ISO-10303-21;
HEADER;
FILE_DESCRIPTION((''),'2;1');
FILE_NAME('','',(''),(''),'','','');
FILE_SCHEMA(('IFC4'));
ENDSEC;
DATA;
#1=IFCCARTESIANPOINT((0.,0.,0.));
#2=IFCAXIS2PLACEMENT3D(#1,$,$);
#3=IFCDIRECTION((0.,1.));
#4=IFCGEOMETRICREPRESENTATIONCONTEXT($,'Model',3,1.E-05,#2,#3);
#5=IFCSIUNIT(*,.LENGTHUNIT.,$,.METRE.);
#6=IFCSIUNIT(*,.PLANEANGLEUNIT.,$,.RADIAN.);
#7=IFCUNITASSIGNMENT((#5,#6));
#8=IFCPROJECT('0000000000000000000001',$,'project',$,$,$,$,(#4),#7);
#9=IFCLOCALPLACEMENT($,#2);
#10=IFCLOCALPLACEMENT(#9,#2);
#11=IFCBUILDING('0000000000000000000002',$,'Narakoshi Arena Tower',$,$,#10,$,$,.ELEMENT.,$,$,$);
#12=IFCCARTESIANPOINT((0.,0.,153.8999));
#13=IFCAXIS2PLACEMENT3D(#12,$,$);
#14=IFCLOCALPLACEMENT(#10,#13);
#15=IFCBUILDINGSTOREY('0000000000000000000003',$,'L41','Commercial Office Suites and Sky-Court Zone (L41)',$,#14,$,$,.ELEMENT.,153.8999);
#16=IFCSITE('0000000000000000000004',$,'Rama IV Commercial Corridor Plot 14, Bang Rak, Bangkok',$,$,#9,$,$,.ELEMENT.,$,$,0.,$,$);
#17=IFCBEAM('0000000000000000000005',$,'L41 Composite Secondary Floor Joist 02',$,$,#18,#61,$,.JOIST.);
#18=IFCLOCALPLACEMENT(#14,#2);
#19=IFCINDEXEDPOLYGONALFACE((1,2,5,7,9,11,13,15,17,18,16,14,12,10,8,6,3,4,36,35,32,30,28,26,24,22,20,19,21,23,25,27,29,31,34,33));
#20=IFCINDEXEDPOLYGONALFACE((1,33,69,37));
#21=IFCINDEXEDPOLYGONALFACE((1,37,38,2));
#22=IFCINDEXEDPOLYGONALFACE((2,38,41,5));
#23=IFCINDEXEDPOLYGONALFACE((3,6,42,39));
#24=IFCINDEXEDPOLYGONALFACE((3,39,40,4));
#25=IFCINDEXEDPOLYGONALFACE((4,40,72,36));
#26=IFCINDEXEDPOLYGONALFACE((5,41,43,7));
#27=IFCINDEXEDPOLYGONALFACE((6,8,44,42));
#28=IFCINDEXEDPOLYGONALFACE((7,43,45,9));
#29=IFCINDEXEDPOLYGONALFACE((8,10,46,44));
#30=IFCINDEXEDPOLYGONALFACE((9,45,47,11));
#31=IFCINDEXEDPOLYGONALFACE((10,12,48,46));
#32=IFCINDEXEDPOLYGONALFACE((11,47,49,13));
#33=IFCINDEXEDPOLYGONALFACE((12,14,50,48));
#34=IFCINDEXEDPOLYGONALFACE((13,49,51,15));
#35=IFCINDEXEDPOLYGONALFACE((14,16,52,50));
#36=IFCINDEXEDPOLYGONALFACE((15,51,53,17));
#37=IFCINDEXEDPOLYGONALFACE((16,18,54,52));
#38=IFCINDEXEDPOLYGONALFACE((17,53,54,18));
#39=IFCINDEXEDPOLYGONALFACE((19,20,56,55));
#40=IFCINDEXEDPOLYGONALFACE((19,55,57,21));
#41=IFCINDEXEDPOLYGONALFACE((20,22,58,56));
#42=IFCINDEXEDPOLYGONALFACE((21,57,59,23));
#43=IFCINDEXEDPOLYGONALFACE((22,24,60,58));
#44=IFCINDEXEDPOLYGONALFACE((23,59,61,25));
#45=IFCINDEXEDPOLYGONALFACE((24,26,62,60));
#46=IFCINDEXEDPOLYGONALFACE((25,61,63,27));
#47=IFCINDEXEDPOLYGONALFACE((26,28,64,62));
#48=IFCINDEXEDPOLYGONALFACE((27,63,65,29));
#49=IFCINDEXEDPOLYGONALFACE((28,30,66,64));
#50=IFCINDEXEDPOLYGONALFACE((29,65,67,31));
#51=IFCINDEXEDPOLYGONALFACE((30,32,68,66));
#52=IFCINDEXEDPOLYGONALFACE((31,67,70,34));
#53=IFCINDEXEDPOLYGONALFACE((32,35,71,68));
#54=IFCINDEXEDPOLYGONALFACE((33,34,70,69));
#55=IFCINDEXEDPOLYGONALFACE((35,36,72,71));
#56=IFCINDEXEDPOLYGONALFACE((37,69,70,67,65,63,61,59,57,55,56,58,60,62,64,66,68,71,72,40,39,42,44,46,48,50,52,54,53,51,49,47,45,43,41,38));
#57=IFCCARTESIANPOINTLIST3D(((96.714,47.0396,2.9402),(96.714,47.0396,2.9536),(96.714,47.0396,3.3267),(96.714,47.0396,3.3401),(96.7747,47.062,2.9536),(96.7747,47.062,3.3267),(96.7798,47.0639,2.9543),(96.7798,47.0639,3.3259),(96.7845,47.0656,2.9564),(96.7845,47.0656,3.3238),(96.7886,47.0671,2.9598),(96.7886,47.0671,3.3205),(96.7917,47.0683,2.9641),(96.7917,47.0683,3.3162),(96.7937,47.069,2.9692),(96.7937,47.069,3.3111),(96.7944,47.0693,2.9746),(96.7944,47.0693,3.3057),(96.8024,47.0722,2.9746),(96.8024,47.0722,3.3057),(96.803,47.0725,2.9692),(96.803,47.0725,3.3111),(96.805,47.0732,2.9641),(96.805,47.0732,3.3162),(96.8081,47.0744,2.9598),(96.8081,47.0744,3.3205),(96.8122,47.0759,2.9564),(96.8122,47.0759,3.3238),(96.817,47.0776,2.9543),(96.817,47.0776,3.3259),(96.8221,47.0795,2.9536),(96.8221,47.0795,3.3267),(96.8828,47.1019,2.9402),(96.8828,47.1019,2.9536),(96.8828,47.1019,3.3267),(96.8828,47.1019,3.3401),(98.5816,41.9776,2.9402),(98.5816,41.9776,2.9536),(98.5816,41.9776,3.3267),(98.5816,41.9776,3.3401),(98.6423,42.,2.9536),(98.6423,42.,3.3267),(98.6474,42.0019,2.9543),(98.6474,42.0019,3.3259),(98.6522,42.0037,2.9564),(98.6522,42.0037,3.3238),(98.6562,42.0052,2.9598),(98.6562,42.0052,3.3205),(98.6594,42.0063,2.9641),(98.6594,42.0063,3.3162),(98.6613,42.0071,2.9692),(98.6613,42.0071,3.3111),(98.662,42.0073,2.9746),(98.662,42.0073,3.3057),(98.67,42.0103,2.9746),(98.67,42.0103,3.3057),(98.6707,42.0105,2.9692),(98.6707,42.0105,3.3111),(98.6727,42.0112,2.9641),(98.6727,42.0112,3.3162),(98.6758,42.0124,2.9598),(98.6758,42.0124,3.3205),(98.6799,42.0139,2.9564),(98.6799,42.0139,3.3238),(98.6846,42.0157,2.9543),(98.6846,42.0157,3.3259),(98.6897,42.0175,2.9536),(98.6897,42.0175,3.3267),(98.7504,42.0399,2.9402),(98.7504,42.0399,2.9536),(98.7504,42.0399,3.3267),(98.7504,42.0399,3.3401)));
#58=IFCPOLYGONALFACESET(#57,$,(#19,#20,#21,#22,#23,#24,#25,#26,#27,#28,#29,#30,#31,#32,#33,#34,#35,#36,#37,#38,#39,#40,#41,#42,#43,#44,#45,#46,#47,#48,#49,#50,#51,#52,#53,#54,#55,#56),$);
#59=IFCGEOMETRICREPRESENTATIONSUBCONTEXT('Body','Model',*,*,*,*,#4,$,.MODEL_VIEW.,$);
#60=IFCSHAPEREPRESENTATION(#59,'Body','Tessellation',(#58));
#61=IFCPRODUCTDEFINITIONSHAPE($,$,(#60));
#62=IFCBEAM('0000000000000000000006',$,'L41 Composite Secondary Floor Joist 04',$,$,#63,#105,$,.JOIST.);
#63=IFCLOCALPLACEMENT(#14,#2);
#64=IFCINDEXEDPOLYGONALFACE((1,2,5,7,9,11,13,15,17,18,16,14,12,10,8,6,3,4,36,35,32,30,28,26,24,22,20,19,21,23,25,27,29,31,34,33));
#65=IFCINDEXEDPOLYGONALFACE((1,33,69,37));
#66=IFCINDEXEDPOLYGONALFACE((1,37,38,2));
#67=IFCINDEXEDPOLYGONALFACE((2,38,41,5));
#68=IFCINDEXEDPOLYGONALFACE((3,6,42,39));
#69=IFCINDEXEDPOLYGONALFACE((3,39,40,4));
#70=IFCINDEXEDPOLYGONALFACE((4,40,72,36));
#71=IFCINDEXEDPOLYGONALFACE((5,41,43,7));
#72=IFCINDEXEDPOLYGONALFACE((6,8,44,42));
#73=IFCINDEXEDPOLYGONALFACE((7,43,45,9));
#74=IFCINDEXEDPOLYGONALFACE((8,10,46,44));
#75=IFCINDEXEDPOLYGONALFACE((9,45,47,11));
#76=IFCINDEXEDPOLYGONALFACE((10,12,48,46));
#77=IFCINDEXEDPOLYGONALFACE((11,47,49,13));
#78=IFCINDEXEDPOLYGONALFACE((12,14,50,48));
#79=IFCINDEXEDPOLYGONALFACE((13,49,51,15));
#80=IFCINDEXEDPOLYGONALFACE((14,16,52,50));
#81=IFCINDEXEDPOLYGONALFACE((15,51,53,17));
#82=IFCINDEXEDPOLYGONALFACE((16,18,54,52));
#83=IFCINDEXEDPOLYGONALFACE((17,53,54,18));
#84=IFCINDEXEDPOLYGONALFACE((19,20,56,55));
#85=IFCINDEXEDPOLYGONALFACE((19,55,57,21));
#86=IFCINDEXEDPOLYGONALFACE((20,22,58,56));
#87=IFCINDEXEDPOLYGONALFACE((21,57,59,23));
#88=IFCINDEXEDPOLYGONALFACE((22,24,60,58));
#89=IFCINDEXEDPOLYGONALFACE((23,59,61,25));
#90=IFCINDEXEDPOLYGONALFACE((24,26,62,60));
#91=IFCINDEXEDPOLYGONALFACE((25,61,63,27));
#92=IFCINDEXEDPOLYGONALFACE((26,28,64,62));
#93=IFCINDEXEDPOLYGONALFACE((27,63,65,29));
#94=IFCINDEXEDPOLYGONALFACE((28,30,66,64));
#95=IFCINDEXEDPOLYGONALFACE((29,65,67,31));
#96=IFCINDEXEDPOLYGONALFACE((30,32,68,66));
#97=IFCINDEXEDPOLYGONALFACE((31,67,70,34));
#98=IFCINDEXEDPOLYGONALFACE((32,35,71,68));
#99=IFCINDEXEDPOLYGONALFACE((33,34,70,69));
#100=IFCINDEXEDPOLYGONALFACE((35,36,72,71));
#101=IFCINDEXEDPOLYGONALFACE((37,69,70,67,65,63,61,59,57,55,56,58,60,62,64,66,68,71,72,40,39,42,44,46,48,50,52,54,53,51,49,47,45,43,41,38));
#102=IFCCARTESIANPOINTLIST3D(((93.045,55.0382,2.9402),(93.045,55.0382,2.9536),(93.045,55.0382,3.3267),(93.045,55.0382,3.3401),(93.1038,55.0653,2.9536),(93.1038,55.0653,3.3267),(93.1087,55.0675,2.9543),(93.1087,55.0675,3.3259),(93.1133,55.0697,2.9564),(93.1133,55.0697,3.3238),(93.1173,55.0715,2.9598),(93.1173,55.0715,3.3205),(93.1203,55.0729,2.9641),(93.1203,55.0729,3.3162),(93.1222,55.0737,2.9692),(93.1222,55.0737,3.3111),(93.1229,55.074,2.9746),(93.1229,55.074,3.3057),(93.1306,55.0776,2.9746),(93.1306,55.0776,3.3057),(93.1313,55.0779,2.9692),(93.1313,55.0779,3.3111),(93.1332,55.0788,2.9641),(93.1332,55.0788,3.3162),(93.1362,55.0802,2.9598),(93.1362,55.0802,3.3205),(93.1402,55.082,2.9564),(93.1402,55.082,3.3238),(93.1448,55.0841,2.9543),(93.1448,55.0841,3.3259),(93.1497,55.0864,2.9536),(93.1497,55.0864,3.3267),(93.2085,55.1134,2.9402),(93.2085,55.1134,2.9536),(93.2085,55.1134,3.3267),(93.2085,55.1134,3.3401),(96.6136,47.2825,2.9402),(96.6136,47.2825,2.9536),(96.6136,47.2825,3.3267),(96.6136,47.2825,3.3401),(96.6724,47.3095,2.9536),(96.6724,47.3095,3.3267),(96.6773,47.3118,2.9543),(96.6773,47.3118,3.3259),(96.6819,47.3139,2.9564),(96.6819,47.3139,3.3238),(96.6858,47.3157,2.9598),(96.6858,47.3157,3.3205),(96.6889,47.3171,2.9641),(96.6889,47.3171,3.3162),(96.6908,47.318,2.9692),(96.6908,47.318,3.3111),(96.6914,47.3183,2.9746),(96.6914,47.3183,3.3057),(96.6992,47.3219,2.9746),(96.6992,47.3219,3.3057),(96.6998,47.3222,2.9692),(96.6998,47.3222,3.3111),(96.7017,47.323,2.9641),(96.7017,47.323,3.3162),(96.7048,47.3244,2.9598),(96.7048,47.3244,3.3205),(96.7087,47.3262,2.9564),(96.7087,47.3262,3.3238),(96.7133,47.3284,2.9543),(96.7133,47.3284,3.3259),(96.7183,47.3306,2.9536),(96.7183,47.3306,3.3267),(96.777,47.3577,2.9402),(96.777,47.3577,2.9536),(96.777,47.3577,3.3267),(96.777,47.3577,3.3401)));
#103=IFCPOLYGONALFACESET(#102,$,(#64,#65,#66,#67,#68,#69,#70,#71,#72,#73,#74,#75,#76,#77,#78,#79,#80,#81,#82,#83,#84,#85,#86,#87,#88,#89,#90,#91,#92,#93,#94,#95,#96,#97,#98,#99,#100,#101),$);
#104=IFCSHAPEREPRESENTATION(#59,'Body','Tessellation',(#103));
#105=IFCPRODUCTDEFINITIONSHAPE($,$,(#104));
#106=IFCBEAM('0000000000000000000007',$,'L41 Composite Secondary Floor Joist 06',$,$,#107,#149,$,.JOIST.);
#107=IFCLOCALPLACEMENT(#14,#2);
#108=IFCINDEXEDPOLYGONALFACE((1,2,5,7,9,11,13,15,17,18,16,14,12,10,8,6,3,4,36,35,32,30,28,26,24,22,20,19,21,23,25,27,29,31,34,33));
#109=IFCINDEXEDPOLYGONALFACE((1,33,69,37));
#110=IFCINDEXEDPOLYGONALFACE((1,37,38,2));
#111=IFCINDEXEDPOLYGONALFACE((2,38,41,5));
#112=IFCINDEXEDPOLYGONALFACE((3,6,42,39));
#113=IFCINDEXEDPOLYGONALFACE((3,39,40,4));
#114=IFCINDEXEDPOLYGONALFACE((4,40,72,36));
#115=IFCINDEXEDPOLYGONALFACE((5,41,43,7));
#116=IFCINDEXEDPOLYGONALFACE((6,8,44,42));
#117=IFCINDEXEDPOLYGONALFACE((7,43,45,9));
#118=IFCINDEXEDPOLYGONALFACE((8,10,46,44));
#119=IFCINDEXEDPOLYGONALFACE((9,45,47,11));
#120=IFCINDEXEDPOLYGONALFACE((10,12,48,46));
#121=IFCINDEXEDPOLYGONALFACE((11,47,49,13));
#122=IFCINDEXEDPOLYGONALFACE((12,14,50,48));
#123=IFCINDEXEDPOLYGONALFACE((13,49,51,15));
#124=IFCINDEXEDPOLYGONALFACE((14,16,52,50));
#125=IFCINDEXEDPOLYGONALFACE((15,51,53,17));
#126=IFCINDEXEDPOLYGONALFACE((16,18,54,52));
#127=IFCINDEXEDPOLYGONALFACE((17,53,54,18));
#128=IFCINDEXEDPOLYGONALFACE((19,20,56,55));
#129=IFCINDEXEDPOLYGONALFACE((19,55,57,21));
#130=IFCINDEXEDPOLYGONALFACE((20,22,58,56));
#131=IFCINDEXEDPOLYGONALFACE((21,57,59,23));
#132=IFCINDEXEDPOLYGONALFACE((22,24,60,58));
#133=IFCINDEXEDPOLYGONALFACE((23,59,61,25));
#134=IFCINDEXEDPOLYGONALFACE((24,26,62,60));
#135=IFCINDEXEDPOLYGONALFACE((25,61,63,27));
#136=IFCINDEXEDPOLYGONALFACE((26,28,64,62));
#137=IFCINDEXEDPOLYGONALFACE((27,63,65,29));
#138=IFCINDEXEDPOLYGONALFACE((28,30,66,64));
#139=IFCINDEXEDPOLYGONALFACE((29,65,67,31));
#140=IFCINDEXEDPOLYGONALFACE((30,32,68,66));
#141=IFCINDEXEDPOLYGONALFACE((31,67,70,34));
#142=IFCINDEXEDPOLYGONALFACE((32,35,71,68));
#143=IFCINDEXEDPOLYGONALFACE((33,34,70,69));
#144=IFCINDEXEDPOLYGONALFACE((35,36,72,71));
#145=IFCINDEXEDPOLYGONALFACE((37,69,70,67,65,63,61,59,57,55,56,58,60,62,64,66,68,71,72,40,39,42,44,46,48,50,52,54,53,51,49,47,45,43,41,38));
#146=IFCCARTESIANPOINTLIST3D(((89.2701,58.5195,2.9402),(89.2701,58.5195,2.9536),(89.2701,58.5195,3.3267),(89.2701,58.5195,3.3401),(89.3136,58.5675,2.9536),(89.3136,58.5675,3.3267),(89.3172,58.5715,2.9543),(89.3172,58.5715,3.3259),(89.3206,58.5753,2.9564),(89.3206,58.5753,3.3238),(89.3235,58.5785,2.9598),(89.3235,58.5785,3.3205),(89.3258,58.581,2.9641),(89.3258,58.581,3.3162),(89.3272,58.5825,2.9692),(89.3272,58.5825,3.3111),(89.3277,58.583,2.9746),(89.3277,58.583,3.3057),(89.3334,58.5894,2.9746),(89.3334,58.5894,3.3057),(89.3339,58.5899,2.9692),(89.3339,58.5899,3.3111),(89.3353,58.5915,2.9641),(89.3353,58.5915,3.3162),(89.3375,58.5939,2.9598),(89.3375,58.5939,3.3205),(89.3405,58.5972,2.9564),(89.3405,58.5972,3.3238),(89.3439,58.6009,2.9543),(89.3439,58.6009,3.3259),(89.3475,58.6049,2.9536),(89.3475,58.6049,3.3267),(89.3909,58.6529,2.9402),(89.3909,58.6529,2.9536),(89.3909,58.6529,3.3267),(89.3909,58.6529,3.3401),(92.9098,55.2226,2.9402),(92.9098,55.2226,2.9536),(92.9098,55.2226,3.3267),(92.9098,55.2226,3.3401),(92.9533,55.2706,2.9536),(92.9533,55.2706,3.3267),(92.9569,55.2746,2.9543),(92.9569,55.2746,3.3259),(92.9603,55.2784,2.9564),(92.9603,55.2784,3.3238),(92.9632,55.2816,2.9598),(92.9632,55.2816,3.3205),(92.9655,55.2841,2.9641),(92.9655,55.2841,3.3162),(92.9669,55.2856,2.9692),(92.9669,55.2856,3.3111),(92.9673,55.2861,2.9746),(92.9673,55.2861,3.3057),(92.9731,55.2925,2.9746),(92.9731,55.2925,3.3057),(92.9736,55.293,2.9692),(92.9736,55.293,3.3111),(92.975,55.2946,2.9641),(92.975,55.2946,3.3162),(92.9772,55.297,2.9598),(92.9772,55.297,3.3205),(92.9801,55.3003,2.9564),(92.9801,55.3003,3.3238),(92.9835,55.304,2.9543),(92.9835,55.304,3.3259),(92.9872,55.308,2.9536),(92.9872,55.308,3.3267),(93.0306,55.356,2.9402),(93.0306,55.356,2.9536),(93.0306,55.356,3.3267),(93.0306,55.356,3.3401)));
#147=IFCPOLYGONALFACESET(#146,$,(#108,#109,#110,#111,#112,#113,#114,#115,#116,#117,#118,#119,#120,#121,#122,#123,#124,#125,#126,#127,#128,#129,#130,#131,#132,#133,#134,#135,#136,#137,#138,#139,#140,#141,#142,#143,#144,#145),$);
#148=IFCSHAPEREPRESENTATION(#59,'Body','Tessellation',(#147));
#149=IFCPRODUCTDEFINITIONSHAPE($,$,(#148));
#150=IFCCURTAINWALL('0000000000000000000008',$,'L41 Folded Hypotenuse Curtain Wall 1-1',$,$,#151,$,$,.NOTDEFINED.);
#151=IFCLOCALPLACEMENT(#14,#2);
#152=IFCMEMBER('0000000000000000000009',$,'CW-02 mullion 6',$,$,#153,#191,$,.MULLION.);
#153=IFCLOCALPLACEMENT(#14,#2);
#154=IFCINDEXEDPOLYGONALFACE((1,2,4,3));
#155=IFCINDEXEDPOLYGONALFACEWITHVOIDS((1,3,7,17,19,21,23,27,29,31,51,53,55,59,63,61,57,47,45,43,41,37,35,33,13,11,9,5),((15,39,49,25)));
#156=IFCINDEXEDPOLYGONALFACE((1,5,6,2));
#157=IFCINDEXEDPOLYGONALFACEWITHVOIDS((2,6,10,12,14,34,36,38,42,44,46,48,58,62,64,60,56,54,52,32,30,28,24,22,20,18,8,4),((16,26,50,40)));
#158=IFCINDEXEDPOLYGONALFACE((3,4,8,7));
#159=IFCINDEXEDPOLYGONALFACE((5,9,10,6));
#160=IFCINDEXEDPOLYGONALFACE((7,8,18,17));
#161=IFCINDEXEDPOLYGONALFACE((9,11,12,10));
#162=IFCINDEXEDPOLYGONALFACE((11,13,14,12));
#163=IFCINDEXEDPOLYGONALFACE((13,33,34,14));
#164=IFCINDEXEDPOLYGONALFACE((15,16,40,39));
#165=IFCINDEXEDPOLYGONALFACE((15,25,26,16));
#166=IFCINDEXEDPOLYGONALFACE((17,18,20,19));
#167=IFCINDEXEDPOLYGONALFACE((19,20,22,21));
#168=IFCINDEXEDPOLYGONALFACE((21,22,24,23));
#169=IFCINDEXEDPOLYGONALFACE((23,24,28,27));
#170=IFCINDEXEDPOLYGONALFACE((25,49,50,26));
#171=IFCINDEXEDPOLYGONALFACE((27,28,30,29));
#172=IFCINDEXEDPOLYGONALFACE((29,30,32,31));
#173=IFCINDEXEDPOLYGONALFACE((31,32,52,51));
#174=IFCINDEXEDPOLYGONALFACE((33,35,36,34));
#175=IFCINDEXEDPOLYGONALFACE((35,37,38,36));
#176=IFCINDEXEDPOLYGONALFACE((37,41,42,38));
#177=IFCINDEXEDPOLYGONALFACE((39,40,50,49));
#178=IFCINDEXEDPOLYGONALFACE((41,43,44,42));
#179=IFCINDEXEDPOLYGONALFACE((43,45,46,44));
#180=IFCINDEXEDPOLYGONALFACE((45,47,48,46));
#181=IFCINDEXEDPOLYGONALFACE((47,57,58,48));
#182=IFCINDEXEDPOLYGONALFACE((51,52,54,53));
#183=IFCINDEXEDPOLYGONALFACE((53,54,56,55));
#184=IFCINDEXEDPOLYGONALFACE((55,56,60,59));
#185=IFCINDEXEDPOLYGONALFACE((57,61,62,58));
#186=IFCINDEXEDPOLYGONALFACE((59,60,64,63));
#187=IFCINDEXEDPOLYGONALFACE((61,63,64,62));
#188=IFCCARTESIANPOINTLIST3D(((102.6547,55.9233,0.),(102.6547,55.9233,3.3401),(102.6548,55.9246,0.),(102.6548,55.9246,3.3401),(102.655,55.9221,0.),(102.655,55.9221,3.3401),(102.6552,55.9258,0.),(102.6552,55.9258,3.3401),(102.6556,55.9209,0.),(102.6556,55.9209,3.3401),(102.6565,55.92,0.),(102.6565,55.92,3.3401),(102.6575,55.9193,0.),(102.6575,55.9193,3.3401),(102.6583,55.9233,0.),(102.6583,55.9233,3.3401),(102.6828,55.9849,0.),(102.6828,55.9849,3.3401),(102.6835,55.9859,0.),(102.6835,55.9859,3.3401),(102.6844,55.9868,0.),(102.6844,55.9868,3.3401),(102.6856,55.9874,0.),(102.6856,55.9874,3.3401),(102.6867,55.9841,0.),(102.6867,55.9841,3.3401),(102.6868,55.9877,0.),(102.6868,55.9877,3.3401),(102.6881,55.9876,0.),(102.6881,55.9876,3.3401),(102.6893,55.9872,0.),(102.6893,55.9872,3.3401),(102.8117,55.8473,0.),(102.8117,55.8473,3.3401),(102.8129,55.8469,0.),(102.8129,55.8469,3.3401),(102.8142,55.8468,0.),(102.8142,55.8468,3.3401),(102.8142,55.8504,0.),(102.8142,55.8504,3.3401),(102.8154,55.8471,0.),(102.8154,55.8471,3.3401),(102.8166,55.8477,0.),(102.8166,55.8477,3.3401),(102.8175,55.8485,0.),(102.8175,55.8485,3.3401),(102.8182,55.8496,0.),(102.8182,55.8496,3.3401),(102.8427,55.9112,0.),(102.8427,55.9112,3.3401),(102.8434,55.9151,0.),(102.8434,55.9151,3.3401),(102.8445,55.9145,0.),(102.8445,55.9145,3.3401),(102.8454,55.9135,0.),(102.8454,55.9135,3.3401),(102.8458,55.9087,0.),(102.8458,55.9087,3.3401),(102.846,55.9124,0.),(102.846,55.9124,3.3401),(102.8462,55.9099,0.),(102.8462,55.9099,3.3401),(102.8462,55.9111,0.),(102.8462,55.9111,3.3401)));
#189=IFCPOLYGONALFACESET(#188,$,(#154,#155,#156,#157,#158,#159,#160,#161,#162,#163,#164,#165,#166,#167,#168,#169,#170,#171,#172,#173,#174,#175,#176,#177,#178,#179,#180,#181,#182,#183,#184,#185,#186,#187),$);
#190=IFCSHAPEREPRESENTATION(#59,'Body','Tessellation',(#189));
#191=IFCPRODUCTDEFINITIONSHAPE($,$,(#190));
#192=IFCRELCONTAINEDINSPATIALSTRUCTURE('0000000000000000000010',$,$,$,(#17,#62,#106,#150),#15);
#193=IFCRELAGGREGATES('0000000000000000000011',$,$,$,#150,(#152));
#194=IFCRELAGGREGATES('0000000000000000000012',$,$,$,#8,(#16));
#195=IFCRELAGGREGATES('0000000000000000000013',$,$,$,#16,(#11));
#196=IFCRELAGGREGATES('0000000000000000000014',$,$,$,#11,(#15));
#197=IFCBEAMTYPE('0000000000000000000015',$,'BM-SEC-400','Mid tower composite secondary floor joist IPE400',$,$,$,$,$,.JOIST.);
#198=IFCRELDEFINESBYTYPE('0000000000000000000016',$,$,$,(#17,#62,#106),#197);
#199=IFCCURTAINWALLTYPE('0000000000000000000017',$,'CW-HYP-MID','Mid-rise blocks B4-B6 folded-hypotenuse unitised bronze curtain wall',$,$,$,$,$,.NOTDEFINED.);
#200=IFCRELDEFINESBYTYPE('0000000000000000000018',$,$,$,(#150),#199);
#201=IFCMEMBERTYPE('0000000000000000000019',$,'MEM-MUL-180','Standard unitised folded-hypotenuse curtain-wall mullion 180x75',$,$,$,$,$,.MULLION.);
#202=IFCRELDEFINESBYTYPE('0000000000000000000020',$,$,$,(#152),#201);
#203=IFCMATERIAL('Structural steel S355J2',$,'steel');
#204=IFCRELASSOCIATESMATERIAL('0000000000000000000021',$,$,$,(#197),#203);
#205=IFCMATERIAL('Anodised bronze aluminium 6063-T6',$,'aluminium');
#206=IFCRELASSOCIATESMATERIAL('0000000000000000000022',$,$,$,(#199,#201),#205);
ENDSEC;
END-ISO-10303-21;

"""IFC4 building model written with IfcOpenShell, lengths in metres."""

from ifc_helpers import new_model, si_unit, direction, frame, origin, origin_2d, place, context, subcontext, project, spatial, hollow_rectangle, i_section, extrude, material, material_profile, profile_set, type_object, element, aggregate, save


model = new_model("IFC4")

# Units and contexts
model_context = context("Model", 3, precision=1e-05, world=origin(), true_north=direction((0.0, 1.0)))
body_context = subcontext(model_context, "Body", "Model", "MODEL_VIEW")
ifc_project = project(units=[si_unit("LENGTHUNIT", "METRE"), si_unit("PLANEANGLEUNIT", "RADIAN")], contexts=[model_context])

# Site, building, storey
site_placement = place(None, origin())
site = spatial("IfcSite", under=ifc_project, at=site_placement, Name="Rama IV Commercial Corridor Plot 14, Bang Rak, Bangkok", CompositionType="ELEMENT", RefElevation=0.0)
building_placement = place(site_placement, origin())
building = spatial("IfcBuilding", under=site, at=building_placement, Name="Narakoshi Arena Tower", CompositionType="ELEMENT")
storey_placement = place(building_placement, frame((0.0, 0.0, 153.8999)))
storey = spatial("IfcBuildingStorey", under=building, at=storey_placement, Name="L41", Description="Commercial Office Suites and Sky-Court Zone (L41)", CompositionType="ELEMENT", Elevation=153.8999)

# Beams
ifc_material_1 = material(Name="Structural steel S355J2", Category="steel")
ifc_material_profile_1 = material_profile(ifc_material_1, i_section(OverallWidth=0.1799, OverallDepth=0.3999, WebThickness=0.0085, FlangeThickness=0.0134, FilletRadius=0.021, at=origin_2d()), Name="IPE400")
ifc_profile_set_1 = profile_set([ifc_material_profile_1], Name="Structural steel S355J2")
beam_type_1 = type_object("IfcBeamType", Name="BM-SEC-400", Description="Mid tower composite secondary floor joist IPE400", PredefinedType="JOIST", material=ifc_profile_set_1)
beam_1_placement = place(storey_placement, frame((98.666, 42.0088, 3.1401), z_axis=(-0.34615, 0.938179, 0.0), x_axis=(-0.938179, -0.34615, 0.0)))
element("IfcBeam", 1, at=beam_1_placement, inside=storey, type_object=beam_type_1, Name="L41 Composite Secondary Floor Joist 02", PredefinedType="JOIST", context=body_context, shape_type="SweptSolid", body=[
    extrude(i_section(OverallWidth=0.1799, OverallDepth=0.3999, WebThickness=0.0085, FlangeThickness=0.0134, FilletRadius=0.021, at=origin_2d()), origin(), (0.0, 0.0, 1.0), 5.3955),
])
beam_2_placement = place(storey_placement, frame((96.6953, 47.3201, 3.1401), z_axis=(-0.417993, 0.90845, 0.0), x_axis=(-0.90845, -0.417993, 0.0)))
element("IfcBeam", 2, at=beam_2_placement, inside=storey, type_object=beam_type_1, Name="L41 Composite Secondary Floor Joist 04", PredefinedType="JOIST", context=body_context, shape_type="SweptSolid", body=[
    extrude(i_section(OverallWidth=0.1799, OverallDepth=0.3999, WebThickness=0.0085, FlangeThickness=0.0134, FilletRadius=0.021, at=origin_2d()), origin(), (0.0, 0.0, 1.0), 8.5374),
])
beam_3_placement = place(storey_placement, frame((92.9702, 55.2893, 3.1401), z_axis=(-0.741145, 0.671345, 0.0), x_axis=(-0.671345, -0.741145, 0.0)))
element("IfcBeam", 3, at=beam_3_placement, inside=storey, type_object=beam_type_1, Name="L41 Composite Secondary Floor Joist 06", PredefinedType="JOIST", context=body_context, shape_type="SweptSolid", body=[
    extrude(i_section(OverallWidth=0.1799, OverallDepth=0.3999, WebThickness=0.0085, FlangeThickness=0.0134, FilletRadius=0.021, at=origin_2d()), origin(), (0.0, 0.0, 1.0), 4.9109),
])

# Curtain wall, member
ifc_material_2 = material(Name="Anodised bronze aluminium 6063-T6", Category="aluminium")
curtain_wall_type = type_object("IfcCurtainWallType", Name="CW-HYP-MID", Description="Mid-rise blocks B4-B6 folded-hypotenuse unitised bronze curtain wall", PredefinedType="NOTDEFINED", material=ifc_material_2)
curtain_wall_placement = place(storey_placement, origin())
curtain_wall = element("IfcCurtainWall", 4, at=curtain_wall_placement, inside=storey, type_object=curtain_wall_type, Name="L41 Folded Hypotenuse Curtain Wall 1-1", PredefinedType="NOTDEFINED")
ifc_material_profile_2 = material_profile(ifc_material_2, hollow_rectangle(XDim=0.075, YDim=0.1799, WallThickness=0.0039, OuterFilletRadius=0.0049, at=origin_2d()), Name="MUL180x75x4")
ifc_profile_set_2 = profile_set([ifc_material_profile_2], Name="Anodised bronze aluminium 6063-T6")
member_type_1 = type_object("IfcMemberType", Name="MEM-MUL-180", Description="Standard unitised folded-hypotenuse curtain-wall mullion 180x75", PredefinedType="MULLION", material=ifc_profile_set_2)
member_1_placement = place(storey_placement, frame((102.7505, 55.9172, 0.0), z_axis=(0.0, 0.0, 1.0), x_axis=(-0.423532, -0.905881, 0.0)))
member_1 = element("IfcMember", 5, at=member_1_placement, type_object=member_type_1, Name="CW-02 mullion 6", PredefinedType="MULLION", context=body_context, shape_type="SweptSolid", body=[
    extrude(hollow_rectangle(XDim=0.075, YDim=0.1799, WallThickness=0.0039, OuterFilletRadius=0.0049, at=origin_2d()), origin(), (0.0, 0.0, 1.0), 3.3401),
])
aggregate(curtain_wall, [member_1])

save(model, "model.ifc")
